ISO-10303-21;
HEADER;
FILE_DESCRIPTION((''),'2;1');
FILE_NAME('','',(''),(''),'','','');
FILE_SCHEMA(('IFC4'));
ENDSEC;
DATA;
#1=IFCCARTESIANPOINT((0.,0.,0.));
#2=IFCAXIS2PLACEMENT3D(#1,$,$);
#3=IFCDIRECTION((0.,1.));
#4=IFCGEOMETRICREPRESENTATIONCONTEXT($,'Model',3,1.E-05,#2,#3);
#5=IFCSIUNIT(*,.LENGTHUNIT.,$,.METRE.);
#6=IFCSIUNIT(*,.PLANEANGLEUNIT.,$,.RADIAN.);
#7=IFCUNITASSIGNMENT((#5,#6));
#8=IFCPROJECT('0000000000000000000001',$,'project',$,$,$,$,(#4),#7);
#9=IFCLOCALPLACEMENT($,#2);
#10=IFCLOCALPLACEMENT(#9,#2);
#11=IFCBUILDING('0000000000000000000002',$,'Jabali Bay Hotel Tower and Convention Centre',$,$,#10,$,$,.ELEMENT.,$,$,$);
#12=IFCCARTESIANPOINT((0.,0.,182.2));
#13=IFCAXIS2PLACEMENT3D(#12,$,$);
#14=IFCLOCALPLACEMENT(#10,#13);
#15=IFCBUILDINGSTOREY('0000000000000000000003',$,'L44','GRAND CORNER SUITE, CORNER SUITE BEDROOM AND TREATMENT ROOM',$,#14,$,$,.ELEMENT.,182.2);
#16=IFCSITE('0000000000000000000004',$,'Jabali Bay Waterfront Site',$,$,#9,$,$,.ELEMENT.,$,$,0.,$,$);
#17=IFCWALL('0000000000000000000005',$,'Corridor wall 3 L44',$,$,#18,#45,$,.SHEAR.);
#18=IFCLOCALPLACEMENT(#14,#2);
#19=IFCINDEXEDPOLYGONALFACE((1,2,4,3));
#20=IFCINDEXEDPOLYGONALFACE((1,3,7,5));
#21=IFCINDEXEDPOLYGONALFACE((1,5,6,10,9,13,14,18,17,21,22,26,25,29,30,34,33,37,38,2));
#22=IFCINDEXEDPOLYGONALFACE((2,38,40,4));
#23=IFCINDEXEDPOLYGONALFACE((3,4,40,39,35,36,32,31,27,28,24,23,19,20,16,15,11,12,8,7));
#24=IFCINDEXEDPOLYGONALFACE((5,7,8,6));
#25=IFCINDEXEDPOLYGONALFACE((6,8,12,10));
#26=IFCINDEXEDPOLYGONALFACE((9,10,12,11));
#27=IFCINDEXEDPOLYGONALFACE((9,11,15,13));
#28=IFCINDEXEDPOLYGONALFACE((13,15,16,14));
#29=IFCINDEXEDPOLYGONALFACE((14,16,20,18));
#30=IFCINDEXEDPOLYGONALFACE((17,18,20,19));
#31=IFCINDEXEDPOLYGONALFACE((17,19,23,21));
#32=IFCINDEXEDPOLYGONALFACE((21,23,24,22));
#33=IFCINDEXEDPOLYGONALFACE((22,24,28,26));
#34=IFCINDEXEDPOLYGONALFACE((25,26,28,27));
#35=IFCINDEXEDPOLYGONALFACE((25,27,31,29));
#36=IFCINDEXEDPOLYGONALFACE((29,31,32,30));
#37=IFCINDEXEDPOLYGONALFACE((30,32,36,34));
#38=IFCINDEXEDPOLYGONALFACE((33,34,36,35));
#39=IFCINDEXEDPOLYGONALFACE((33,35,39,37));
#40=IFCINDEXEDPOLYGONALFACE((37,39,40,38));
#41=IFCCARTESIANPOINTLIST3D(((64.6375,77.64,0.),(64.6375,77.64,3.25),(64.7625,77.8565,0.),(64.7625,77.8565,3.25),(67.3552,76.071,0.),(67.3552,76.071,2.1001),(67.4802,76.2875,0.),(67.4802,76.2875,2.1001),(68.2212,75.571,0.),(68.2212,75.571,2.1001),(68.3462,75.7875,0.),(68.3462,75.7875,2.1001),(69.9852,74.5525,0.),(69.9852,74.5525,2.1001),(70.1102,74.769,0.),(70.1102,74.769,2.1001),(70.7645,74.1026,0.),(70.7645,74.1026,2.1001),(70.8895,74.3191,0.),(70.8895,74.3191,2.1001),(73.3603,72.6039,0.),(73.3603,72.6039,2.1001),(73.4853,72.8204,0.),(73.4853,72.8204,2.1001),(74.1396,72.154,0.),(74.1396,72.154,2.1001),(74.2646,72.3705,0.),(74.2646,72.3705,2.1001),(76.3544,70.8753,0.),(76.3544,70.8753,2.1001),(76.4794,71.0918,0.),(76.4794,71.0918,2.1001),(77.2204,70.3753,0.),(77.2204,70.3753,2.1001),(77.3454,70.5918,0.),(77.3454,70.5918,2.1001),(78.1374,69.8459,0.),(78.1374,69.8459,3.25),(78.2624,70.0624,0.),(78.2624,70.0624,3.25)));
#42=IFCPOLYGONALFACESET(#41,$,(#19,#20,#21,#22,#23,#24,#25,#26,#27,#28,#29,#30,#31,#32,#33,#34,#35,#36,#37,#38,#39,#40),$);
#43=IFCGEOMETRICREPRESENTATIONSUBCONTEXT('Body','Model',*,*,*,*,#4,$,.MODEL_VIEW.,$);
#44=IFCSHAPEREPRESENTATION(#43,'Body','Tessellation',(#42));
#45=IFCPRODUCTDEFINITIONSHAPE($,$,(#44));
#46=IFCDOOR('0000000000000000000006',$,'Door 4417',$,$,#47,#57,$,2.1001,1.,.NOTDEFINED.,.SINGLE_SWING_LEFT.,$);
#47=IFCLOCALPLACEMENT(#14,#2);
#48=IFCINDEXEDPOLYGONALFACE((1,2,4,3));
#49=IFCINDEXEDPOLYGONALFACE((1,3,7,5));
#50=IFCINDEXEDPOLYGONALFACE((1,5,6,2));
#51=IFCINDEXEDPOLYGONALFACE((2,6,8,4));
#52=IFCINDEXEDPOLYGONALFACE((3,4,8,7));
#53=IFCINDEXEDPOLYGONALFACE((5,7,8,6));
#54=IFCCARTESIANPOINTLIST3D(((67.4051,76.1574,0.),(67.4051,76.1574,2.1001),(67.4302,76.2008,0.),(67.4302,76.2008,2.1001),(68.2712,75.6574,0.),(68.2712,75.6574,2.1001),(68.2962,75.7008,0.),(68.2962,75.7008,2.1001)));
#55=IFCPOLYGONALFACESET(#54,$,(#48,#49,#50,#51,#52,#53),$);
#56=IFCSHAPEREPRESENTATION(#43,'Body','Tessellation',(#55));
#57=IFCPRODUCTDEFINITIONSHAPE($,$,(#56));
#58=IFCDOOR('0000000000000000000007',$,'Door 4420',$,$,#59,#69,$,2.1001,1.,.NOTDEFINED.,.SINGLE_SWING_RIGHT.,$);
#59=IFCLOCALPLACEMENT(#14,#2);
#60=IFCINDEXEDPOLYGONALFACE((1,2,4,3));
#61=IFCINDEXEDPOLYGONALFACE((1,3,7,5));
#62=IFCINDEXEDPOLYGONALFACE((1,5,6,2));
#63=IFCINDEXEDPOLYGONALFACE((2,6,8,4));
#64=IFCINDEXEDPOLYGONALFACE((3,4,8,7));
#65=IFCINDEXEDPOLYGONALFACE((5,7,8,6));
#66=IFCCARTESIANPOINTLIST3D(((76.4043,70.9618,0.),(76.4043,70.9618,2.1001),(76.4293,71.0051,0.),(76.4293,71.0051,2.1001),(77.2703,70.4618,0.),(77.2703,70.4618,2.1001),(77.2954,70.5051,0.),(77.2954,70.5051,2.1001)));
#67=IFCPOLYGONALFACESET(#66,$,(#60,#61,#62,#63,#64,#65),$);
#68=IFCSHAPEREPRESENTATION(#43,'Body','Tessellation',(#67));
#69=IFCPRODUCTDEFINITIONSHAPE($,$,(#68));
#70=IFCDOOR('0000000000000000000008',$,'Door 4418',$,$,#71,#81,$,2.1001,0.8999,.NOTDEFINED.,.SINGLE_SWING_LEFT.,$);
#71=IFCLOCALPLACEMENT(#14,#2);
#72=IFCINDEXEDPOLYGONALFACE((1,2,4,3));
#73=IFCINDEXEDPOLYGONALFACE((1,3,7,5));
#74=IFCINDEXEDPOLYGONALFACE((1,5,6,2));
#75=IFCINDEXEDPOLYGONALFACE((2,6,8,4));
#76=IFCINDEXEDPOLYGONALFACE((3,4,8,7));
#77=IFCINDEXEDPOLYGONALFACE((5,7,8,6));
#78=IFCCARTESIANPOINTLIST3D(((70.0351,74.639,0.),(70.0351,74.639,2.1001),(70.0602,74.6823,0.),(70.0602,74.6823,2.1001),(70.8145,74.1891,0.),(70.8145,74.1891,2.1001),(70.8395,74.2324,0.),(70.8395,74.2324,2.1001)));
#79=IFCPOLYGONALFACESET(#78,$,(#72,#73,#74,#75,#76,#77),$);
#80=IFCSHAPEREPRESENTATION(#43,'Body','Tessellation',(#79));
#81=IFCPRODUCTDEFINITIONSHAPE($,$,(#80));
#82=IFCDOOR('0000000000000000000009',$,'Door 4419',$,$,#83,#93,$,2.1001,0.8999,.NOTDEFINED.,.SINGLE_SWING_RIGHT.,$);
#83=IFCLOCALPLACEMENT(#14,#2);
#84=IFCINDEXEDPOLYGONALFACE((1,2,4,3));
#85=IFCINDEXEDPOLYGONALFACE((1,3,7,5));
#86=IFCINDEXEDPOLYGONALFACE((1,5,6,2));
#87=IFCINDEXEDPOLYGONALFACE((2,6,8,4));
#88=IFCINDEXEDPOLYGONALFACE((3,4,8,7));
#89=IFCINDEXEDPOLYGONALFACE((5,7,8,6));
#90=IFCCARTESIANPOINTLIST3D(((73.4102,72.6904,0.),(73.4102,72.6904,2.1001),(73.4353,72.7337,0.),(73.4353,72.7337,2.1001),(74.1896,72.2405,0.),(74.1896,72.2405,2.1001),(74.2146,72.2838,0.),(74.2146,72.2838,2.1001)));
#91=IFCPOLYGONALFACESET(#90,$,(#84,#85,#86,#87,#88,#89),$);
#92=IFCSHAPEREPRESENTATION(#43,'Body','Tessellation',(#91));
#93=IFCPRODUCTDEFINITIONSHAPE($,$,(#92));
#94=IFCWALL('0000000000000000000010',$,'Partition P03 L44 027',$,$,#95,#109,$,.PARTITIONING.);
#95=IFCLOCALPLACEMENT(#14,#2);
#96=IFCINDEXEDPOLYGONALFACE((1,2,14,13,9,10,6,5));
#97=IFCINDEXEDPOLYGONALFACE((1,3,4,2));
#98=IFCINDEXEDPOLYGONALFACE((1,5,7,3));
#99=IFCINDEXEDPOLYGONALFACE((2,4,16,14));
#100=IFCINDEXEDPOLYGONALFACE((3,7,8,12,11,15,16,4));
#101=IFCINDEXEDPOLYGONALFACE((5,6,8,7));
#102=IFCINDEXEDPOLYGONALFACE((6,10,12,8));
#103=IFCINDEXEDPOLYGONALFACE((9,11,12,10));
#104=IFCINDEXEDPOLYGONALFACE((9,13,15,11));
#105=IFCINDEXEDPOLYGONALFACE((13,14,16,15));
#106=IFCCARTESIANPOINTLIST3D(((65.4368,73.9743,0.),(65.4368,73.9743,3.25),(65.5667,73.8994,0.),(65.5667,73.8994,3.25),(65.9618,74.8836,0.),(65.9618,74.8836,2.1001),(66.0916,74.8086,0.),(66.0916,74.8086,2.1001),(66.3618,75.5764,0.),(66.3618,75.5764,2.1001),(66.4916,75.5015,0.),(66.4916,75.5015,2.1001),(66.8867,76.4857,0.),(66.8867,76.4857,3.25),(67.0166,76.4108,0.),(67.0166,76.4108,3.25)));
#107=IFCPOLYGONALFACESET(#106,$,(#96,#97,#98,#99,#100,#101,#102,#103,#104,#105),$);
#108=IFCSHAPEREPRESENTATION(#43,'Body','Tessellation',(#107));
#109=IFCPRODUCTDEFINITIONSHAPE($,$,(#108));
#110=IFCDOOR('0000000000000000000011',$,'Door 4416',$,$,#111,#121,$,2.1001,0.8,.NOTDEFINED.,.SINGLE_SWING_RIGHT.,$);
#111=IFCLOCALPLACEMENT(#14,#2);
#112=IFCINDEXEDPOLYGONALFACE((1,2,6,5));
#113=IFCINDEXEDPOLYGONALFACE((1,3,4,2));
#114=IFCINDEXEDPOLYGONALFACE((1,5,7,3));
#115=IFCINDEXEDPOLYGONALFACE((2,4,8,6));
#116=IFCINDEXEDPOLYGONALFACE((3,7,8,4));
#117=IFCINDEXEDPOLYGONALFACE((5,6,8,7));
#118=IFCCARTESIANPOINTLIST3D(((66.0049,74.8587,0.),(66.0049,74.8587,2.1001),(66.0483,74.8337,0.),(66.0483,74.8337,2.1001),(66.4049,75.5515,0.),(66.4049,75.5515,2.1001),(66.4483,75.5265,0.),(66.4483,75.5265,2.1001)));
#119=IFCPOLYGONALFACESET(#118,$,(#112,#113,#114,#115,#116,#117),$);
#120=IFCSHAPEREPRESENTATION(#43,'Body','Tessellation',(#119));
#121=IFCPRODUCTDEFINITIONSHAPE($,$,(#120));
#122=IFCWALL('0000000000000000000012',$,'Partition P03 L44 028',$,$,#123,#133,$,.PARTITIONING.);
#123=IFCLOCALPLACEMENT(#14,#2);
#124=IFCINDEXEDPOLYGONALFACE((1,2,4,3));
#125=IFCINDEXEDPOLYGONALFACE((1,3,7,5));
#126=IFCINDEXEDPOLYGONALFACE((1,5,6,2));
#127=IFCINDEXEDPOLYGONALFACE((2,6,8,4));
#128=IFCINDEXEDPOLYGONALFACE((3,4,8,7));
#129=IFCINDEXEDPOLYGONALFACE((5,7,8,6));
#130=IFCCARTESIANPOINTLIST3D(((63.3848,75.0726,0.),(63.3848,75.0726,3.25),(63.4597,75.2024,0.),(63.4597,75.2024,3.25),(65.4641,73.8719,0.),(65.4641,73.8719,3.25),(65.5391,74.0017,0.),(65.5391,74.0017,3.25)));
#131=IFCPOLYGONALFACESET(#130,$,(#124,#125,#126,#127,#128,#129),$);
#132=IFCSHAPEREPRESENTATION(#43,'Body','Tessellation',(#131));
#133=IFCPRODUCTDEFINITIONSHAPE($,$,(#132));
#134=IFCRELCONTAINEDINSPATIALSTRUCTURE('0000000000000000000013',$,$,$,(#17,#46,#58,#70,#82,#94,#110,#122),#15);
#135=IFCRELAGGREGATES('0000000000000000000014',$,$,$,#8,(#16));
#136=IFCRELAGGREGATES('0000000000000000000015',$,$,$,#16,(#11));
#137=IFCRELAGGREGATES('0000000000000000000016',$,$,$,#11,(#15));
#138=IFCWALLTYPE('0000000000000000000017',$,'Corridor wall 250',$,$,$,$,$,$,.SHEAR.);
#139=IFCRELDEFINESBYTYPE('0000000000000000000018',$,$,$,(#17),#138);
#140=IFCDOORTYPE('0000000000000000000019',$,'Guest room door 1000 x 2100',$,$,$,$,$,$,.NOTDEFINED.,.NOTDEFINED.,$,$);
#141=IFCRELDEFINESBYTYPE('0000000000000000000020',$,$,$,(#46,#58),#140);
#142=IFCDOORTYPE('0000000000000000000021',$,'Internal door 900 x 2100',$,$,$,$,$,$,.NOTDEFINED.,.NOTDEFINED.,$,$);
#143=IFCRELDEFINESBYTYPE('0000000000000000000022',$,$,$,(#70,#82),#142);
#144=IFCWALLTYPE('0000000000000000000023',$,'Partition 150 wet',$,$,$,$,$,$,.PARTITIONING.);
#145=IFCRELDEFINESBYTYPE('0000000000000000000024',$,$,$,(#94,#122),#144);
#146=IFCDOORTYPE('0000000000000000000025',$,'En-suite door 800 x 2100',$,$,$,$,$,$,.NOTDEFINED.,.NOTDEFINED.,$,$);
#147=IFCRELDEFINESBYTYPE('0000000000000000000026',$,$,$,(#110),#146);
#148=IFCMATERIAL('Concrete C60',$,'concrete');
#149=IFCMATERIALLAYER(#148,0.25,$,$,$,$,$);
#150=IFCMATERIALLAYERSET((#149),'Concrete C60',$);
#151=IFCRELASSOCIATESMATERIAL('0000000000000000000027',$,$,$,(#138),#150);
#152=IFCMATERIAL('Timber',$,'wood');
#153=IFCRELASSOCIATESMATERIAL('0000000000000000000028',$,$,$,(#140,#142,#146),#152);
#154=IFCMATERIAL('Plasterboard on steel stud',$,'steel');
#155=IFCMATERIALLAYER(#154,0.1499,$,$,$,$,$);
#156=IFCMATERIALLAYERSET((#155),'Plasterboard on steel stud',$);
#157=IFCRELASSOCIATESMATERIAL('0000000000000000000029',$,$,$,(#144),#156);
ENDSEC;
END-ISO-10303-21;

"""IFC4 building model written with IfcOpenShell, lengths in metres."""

from ifc_helpers import new_model, si_unit, direction, frame, frame_2d, origin, place, context, subcontext, project, spatial, rectangle, extrude, material, layer, layer_set, type_object, element, fill, save


model = new_model("IFC4")

# Units and contexts
model_context = context("Model", 3, precision=1e-05, world=origin(), true_north=direction((0.0, 1.0)))
body_context = subcontext(model_context, "Body", "Model", "MODEL_VIEW")
ifc_project = project(units=[si_unit("LENGTHUNIT", "METRE"), si_unit("PLANEANGLEUNIT", "RADIAN")], contexts=[model_context])

# Site, building, storey
site_placement = place(None, origin())
site = spatial("IfcSite", under=ifc_project, at=site_placement, Name="Jabali Bay Waterfront Site", CompositionType="ELEMENT", RefElevation=0.0)
building_placement = place(site_placement, origin())
building = spatial("IfcBuilding", under=site, at=building_placement, Name="Jabali Bay Hotel Tower and Convention Centre", CompositionType="ELEMENT")
storey_placement = place(building_placement, frame((0.0, 0.0, 182.2)))
storey = spatial("IfcBuildingStorey", under=building, at=storey_placement, Name="L44", Description="GRAND CORNER SUITE, CORNER SUITE BEDROOM AND TREATMENT ROOM", CompositionType="ELEMENT", Elevation=182.2)

# Shared definitions
ifc_material_1 = material(Name="Concrete C60", Category="concrete")

# Wall, openings, doors
ifc_layer_1 = layer(ifc_material_1, 0.25)
ifc_layer_set_1 = layer_set([ifc_layer_1], Name="Concrete C60")
wall_type_1 = type_object("IfcWallType", Name="Corridor wall 250", PredefinedType="SHEAR", material=ifc_layer_set_1)
wall_1_placement = place(storey_placement, frame((64.7, 77.7483, 0.0), z_axis=(0.0, 0.0, 1.0), x_axis=(0.866026, -0.499998, 0.0)))
wall_1 = element("IfcWall", 1, at=wall_1_placement, inside=storey, type_object=wall_type_1, Name="Corridor wall 3 L44", PredefinedType="SHEAR", context=body_context, shape_type="SweptSolid", body=[
    extrude(rectangle(XDim=15.5884, YDim=0.25, at=frame_2d((7.7942, 0.0))), origin(), (0.0, 0.0, 1.0), 3.25),
])
opening_1_placement = place(wall_1_placement, frame((3.1382, 0.0, 0.0)))
opening_1 = element("IfcOpeningElement", 2, at=opening_1_placement, cuts=wall_1, PredefinedType="OPENING", context=body_context, shape_type="SweptSolid", body=[
    extrude(rectangle(XDim=1.0, YDim=2.1001, at=frame_2d((0.5, 1.05))), frame((0.0, 0.1355, 0.0), z_axis=(0.0, -1.0, 0.0), x_axis=(1.0, 0.0, 0.0)), (0.0, 0.0, 1.0), 0.271),
])
opening_2_placement = place(wall_1_placement, frame((6.175, 0.0, 0.0)))
opening_2 = element("IfcOpeningElement", 3, at=opening_2_placement, cuts=wall_1, PredefinedType="OPENING", context=body_context, shape_type="SweptSolid", body=[
    extrude(rectangle(XDim=0.8999, YDim=2.1001, at=frame_2d((0.45, 1.05))), frame((0.0, 0.1355, 0.0), z_axis=(0.0, -1.0, 0.0), x_axis=(1.0, 0.0, 0.0)), (0.0, 0.0, 1.0), 0.271),
])
opening_3_placement = place(wall_1_placement, frame((10.0723, 0.0, 0.0)))
opening_3 = element("IfcOpeningElement", 4, at=opening_3_placement, cuts=wall_1, PredefinedType="OPENING", context=body_context, shape_type="SweptSolid", body=[
    extrude(rectangle(XDim=0.8999, YDim=2.1001, at=frame_2d((0.45, 1.05))), frame((0.0, 0.1355, 0.0), z_axis=(0.0, -1.0, 0.0), x_axis=(1.0, 0.0, 0.0)), (0.0, 0.0, 1.0), 0.271),
])
opening_4_placement = place(wall_1_placement, frame((13.5295, 0.0, 0.0)))
opening_4 = element("IfcOpeningElement", 5, at=opening_4_placement, cuts=wall_1, PredefinedType="OPENING", context=body_context, shape_type="SweptSolid", body=[
    extrude(rectangle(XDim=1.0, YDim=2.1001, at=frame_2d((0.5, 1.05))), frame((0.0, 0.1355, 0.0), z_axis=(0.0, -1.0, 0.0), x_axis=(1.0, 0.0, 0.0)), (0.0, 0.0, 1.0), 0.271),
])
ifc_material_2 = material(Name="Timber", Category="wood")
door_type_1 = type_object("IfcDoorType", Name="Guest room door 1000 x 2100", OperationType="NOTDEFINED", PredefinedType="NOTDEFINED", material=ifc_material_2)
door_1_placement = place(opening_1_placement, origin())
door_1 = element("IfcDoor", 6, at=door_1_placement, inside=storey, type_object=door_type_1, Name="Door 4417", OperationType="SINGLE_SWING_LEFT", OverallHeight=2.1001, OverallWidth=1.0, PredefinedType="NOTDEFINED", context=body_context, shape_type="SweptSolid", body=[
    extrude(rectangle(XDim=1.0, YDim=2.1001, at=frame_2d((0.5, 1.05))), frame((0.0, 0.0249, 0.0), z_axis=(0.0, -1.0, 0.0), x_axis=(1.0, 0.0, 0.0)), (0.0, 0.0, 1.0), 0.05),
])
fill(opening_1, door_1)
door_2_placement = place(opening_4_placement, origin())
door_2 = element("IfcDoor", 7, at=door_2_placement, inside=storey, type_object=door_type_1, Name="Door 4420", OperationType="SINGLE_SWING_RIGHT", OverallHeight=2.1001, OverallWidth=1.0, PredefinedType="NOTDEFINED", context=body_context, shape_type="SweptSolid", body=[
    extrude(rectangle(XDim=1.0, YDim=2.1001, at=frame_2d((0.5, 1.05))), frame((0.0, 0.0249, 0.0), z_axis=(0.0, -1.0, 0.0), x_axis=(1.0, 0.0, 0.0)), (0.0, 0.0, 1.0), 0.05),
])
fill(opening_4, door_2)
door_type_2 = type_object("IfcDoorType", Name="Internal door 900 x 2100", OperationType="NOTDEFINED", PredefinedType="NOTDEFINED", material=ifc_material_2)
door_3_placement = place(opening_2_placement, origin())
door_3 = element("IfcDoor", 8, at=door_3_placement, inside=storey, type_object=door_type_2, Name="Door 4418", OperationType="SINGLE_SWING_LEFT", OverallHeight=2.1001, OverallWidth=0.8999, PredefinedType="NOTDEFINED", context=body_context, shape_type="SweptSolid", body=[
    extrude(rectangle(XDim=0.8999, YDim=2.1001, at=frame_2d((0.45, 1.05))), frame((0.0, 0.0249, 0.0), z_axis=(0.0, -1.0, 0.0), x_axis=(1.0, 0.0, 0.0)), (0.0, 0.0, 1.0), 0.05),
])
fill(opening_2, door_3)
door_4_placement = place(opening_3_placement, origin())
door_4 = element("IfcDoor", 9, at=door_4_placement, inside=storey, type_object=door_type_2, Name="Door 4419", OperationType="SINGLE_SWING_RIGHT", OverallHeight=2.1001, OverallWidth=0.8999, PredefinedType="NOTDEFINED", context=body_context, shape_type="SweptSolid", body=[
    extrude(rectangle(XDim=0.8999, YDim=2.1001, at=frame_2d((0.45, 1.05))), frame((0.0, 0.0249, 0.0), z_axis=(0.0, -1.0, 0.0), x_axis=(1.0, 0.0, 0.0)), (0.0, 0.0, 1.0), 0.05),
])
fill(opening_3, door_4)

# Wall, opening, door
ifc_material_3 = material(Name="Plasterboard on steel stud", Category="steel")
ifc_layer_2 = layer(ifc_material_3, 0.1499)
ifc_layer_set_2 = layer_set([ifc_layer_2], Name="Plasterboard on steel stud")
wall_type_2 = type_object("IfcWallType", Name="Partition 150 wet", PredefinedType="PARTITIONING", material=ifc_layer_set_2)
wall_2_placement = place(storey_placement, frame((66.9517, 76.4482, 0.0), z_axis=(0.0, 0.0, 1.0), x_axis=(-0.499987, -0.866033, 0.0)))
wall_2 = element("IfcWall", 10, at=wall_2_placement, inside=storey, type_object=wall_type_2, Name="Partition P03 L44 027", PredefinedType="PARTITIONING", context=body_context, shape_type="SweptSolid", body=[
    extrude(rectangle(XDim=2.8999, YDim=0.1499, at=frame_2d((1.45, 0.0))), origin(), (0.0, 0.0, 1.0), 3.25),
])
opening_5_placement = place(wall_2_placement, frame((1.05, 0.0, 0.0)))
opening_5 = element("IfcOpeningElement", 11, at=opening_5_placement, cuts=wall_2, PredefinedType="OPENING", context=body_context, shape_type="SweptSolid", body=[
    extrude(rectangle(XDim=0.8, YDim=2.1001, at=frame_2d((0.3999, 1.05))), frame((0.0, 0.0854, 0.0), z_axis=(0.0, -1.0, 0.0), x_axis=(1.0, 0.0, 0.0)), (0.0, 0.0, 1.0), 0.1709),
])
door_type_3 = type_object("IfcDoorType", Name="En-suite door 800 x 2100", OperationType="NOTDEFINED", PredefinedType="NOTDEFINED", material=ifc_material_2)
door_5_placement = place(opening_5_placement, origin())
door_5 = element("IfcDoor", 12, at=door_5_placement, inside=storey, type_object=door_type_3, Name="Door 4416", OperationType="SINGLE_SWING_RIGHT", OverallHeight=2.1001, OverallWidth=0.8, PredefinedType="NOTDEFINED", context=body_context, shape_type="SweptSolid", body=[
    extrude(rectangle(XDim=0.8, YDim=2.1001, at=frame_2d((0.3999, 1.05))), frame((0.0, 0.0249, 0.0), z_axis=(0.0, -1.0, 0.0), x_axis=(1.0, 0.0, 0.0)), (0.0, 0.0, 1.0), 0.05),
])
fill(opening_5, door_5)

# Wall
wall_3_placement = place(storey_placement, frame((65.5017, 73.9368, 0.0), z_axis=(0.0, 0.0, 1.0), x_axis=(-0.865994, 0.500054, 0.0)))
element("IfcWall", 13, at=wall_3_placement, inside=storey, type_object=wall_type_2, Name="Partition P03 L44 028", PredefinedType="PARTITIONING", context=body_context, shape_type="SweptSolid", body=[
    extrude(rectangle(XDim=2.4011, YDim=0.1499, at=frame_2d((1.2007, 0.0))), origin(), (0.0, 0.0, 1.0), 3.25),
])

save(model, "model.ifc")
